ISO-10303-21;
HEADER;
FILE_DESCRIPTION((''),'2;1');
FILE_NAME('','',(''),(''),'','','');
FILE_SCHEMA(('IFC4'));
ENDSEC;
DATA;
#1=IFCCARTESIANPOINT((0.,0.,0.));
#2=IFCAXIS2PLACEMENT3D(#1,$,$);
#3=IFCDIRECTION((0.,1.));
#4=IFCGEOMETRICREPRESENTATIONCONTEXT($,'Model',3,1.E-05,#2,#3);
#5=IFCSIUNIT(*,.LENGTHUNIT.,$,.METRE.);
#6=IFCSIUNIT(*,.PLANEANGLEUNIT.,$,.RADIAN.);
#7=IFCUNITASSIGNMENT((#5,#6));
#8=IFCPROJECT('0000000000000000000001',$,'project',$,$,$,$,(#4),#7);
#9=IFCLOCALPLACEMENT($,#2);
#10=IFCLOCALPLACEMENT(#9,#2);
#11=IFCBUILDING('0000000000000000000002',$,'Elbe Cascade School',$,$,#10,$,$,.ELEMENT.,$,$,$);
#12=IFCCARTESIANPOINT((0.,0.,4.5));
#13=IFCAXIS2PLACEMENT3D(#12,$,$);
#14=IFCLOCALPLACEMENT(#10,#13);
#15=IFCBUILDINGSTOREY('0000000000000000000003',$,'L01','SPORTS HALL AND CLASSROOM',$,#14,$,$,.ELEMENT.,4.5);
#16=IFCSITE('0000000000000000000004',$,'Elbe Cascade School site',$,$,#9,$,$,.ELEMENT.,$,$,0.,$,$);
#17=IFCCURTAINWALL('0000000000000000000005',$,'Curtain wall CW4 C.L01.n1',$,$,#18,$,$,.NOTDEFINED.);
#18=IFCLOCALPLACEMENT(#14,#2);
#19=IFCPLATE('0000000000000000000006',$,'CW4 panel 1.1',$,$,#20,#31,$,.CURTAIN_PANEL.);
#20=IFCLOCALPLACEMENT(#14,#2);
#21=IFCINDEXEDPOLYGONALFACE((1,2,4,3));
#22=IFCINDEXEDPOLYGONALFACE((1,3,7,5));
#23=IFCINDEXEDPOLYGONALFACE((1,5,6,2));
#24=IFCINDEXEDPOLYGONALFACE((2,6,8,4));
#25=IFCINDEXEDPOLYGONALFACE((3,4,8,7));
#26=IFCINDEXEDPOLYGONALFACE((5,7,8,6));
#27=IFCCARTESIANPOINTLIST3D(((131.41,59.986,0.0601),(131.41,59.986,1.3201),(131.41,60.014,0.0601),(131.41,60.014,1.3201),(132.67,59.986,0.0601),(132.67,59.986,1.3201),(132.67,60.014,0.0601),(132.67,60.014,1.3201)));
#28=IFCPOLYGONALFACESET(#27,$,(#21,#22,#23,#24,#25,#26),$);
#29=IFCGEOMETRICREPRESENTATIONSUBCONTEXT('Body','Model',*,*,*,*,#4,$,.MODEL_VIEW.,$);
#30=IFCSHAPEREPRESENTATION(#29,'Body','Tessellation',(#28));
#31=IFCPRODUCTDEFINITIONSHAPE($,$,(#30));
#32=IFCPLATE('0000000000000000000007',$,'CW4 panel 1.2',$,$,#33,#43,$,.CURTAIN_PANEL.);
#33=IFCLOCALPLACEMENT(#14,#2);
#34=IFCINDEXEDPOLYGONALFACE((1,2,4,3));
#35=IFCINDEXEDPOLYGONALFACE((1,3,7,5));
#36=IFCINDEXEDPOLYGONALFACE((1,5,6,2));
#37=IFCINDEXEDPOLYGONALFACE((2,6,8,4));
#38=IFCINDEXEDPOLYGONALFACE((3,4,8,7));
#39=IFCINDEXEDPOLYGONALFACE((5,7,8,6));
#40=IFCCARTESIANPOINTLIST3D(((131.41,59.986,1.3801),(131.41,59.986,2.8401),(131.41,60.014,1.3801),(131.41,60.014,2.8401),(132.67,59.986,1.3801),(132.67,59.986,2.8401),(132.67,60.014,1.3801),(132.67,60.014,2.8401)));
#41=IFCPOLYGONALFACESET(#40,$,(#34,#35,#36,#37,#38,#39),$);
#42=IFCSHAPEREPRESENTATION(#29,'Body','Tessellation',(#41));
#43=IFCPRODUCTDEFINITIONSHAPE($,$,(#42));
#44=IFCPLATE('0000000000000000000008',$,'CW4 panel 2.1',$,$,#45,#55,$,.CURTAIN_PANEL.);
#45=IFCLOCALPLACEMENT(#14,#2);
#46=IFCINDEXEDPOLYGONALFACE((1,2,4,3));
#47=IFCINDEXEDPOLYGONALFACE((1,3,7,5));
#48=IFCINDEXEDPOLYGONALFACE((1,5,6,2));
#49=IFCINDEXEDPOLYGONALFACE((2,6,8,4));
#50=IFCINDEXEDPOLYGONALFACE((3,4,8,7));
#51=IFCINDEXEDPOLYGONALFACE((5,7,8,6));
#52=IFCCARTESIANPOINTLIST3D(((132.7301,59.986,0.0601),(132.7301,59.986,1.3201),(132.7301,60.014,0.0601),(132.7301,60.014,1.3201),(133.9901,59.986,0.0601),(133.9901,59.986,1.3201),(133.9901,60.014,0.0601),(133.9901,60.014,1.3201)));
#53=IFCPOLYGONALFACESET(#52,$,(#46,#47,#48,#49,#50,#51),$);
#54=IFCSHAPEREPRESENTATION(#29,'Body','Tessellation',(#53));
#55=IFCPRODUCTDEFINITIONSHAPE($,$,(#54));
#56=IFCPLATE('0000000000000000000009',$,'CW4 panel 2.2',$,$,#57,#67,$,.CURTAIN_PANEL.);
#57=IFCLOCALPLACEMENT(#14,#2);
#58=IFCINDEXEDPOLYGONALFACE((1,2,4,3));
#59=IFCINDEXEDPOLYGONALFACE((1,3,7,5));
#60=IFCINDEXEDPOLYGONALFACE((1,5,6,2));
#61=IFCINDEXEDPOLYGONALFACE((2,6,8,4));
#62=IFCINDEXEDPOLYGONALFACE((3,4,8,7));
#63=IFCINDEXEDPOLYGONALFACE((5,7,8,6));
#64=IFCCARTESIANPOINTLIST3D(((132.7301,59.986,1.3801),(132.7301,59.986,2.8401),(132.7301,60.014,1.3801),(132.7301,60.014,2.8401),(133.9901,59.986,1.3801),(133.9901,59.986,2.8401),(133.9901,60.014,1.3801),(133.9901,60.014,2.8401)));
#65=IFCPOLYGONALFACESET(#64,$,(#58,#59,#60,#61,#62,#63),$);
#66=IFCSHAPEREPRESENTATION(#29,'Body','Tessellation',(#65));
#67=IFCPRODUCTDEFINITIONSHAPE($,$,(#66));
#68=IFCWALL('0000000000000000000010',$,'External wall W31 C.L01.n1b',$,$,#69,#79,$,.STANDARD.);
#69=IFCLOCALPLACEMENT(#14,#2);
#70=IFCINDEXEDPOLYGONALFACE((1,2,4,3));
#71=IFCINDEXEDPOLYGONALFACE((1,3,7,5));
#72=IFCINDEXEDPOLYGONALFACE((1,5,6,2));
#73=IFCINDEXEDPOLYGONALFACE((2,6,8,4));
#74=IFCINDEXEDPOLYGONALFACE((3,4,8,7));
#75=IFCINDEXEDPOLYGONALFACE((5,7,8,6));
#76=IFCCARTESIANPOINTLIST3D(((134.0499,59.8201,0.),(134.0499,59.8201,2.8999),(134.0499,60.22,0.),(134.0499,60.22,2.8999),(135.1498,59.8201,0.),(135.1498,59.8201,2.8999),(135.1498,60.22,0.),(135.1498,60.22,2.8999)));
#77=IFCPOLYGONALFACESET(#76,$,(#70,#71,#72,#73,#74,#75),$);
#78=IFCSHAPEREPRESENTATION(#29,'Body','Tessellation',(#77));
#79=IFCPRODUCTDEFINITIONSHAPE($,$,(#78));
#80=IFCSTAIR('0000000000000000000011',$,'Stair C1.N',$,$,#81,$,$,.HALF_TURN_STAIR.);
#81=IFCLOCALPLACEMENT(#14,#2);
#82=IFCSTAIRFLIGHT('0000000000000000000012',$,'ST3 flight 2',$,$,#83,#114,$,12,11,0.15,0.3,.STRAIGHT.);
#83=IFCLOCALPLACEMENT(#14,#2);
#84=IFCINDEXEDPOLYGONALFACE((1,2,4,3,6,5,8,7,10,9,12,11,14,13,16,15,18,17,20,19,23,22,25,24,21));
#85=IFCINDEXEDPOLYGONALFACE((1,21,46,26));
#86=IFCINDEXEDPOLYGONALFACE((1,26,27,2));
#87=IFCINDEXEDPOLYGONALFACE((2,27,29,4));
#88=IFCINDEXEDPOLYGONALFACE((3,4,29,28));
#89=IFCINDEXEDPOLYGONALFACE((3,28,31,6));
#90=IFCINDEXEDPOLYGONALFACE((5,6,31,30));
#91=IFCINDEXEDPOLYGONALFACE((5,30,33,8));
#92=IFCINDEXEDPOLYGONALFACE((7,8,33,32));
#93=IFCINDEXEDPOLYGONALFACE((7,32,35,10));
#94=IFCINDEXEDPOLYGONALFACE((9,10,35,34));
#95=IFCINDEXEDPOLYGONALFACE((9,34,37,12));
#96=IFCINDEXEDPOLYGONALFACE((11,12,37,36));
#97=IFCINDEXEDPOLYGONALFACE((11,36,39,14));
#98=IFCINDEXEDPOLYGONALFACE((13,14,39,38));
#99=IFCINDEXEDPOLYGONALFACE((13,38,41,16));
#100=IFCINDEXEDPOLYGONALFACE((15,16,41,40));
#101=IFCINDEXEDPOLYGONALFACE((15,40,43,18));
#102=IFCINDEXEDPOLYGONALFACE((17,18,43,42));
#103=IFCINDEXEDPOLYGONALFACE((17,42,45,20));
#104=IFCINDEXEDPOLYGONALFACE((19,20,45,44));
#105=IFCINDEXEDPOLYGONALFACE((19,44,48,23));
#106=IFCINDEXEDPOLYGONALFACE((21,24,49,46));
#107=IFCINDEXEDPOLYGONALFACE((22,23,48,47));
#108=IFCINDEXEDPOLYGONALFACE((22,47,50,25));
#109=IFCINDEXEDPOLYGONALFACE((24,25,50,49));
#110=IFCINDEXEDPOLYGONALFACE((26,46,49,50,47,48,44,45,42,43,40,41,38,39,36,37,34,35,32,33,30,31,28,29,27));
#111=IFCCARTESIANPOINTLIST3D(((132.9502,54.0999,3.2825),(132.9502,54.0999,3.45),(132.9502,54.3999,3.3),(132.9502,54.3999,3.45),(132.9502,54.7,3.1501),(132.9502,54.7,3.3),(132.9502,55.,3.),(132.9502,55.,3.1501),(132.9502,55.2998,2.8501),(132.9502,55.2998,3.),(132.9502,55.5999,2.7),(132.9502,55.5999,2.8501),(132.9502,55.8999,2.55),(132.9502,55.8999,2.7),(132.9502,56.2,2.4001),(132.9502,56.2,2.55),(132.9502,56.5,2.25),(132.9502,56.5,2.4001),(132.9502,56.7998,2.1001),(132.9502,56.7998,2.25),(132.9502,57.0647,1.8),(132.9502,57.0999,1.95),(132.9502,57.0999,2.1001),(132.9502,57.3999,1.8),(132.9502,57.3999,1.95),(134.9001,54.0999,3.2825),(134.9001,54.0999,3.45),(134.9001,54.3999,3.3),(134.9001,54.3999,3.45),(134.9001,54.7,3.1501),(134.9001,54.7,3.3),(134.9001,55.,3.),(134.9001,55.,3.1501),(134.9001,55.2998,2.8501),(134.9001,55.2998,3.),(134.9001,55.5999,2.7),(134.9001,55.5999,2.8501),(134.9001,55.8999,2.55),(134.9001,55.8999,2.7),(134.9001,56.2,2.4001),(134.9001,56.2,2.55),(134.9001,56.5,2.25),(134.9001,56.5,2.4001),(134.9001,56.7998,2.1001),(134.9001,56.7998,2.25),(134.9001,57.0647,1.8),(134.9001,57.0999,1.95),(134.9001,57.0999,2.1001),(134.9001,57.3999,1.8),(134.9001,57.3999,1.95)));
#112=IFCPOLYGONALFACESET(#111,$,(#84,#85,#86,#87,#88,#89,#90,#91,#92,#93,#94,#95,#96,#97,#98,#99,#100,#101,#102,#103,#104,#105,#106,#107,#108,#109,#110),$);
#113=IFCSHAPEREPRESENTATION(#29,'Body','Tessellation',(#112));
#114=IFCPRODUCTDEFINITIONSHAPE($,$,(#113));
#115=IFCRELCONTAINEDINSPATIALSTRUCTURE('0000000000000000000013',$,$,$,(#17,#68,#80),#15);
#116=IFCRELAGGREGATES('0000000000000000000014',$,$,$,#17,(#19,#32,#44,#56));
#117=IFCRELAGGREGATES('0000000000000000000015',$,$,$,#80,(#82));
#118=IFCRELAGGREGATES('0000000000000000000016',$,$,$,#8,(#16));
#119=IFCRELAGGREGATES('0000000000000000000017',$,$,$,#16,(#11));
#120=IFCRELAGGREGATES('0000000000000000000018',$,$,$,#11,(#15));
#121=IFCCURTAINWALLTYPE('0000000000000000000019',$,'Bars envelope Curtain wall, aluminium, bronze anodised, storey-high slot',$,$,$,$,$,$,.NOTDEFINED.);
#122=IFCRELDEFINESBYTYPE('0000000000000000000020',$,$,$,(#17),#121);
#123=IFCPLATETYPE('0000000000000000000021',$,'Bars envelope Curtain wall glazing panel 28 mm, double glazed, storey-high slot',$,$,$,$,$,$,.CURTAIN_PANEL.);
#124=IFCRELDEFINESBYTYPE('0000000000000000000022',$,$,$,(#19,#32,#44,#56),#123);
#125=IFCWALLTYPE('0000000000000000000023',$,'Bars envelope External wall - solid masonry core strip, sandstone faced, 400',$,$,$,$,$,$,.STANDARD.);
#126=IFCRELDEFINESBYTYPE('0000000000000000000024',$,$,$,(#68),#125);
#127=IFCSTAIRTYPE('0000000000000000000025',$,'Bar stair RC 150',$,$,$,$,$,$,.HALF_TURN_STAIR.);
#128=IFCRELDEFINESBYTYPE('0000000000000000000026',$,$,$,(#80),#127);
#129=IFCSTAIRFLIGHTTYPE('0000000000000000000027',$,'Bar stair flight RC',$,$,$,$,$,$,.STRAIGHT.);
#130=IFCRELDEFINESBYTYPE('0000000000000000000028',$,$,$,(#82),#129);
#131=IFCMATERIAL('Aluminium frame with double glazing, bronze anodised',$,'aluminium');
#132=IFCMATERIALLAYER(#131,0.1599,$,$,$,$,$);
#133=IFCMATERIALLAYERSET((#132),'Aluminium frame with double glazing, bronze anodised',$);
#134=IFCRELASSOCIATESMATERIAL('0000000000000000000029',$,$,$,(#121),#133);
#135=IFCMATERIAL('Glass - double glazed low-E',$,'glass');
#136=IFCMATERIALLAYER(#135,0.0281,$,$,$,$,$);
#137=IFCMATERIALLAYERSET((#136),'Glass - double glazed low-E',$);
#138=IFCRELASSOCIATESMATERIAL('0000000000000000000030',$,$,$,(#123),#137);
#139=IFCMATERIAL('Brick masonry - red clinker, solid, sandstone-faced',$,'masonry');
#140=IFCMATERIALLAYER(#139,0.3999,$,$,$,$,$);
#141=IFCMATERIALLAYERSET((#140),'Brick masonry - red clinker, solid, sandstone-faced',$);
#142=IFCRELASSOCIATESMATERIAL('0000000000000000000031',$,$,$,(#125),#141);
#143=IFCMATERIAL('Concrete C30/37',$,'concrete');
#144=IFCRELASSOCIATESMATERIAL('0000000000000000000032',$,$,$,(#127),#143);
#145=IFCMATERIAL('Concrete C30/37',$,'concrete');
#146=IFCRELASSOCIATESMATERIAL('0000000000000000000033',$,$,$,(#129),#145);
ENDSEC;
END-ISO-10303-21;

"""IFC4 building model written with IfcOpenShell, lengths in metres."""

from ifc_helpers import new_model, si_unit, direction, frame, frame_2d, origin, origin_2d, place, context, subcontext, project, spatial, polyline, rectangle, outline, extrude, material, layer, layer_set, type_object, element, aggregate, save


model = new_model("IFC4")

# Units and contexts
model_context = context("Model", 3, precision=1e-05, world=origin(), true_north=direction((0.0, 1.0)))
body_context = subcontext(model_context, "Body", "Model", "MODEL_VIEW")
ifc_project = project(units=[si_unit("LENGTHUNIT", "METRE"), si_unit("PLANEANGLEUNIT", "RADIAN")], contexts=[model_context])

# Site, building, storey
site_placement = place(None, origin())
site = spatial("IfcSite", under=ifc_project, at=site_placement, Name="Elbe Cascade School site", CompositionType="ELEMENT", RefElevation=0.0)
building_placement = place(site_placement, origin())
building = spatial("IfcBuilding", under=site, at=building_placement, Name="Elbe Cascade School", CompositionType="ELEMENT")
storey_placement = place(building_placement, frame((0.0, 0.0, 4.5)))
storey = spatial("IfcBuildingStorey", under=building, at=storey_placement, Name="L01", Description="SPORTS HALL AND CLASSROOM", CompositionType="ELEMENT", Elevation=4.5)

# Curtain wall
ifc_material_1 = material(Name="Aluminium frame with double glazing, bronze anodised", Category="aluminium")
ifc_layer_1 = layer(ifc_material_1, 0.1599)
ifc_layer_set_1 = layer_set([ifc_layer_1], Name="Aluminium frame with double glazing, bronze anodised")
curtain_wall_type = type_object("IfcCurtainWallType", Name="Bars envelope Curtain wall, aluminium, bronze anodised, storey-high slot", PredefinedType="NOTDEFINED", material=ifc_layer_set_1)
curtain_wall_1_placement = place(storey_placement, origin())
curtain_wall_1 = element("IfcCurtainWall", 1, at=curtain_wall_1_placement, inside=storey, type_object=curtain_wall_type, Name="Curtain wall CW4 C.L01.n1", PredefinedType="NOTDEFINED")

# Plates
ifc_material_2 = material(Name="Glass - double glazed low-E", Category="glass")
ifc_layer_2 = layer(ifc_material_2, 0.0281)
ifc_layer_set_2 = layer_set([ifc_layer_2], Name="Glass - double glazed low-E")
plate_type = type_object("IfcPlateType", Name="Bars envelope Curtain wall glazing panel 28 mm, double glazed, storey-high slot", PredefinedType="CURTAIN_PANEL", material=ifc_layer_set_2)
plate_1_placement = place(storey_placement, frame((132.04, 60.0, 0.0601), z_axis=(0.0, 0.0, 1.0), x_axis=(1.0, 0.0, 0.0)))
plate_1 = element("IfcPlate", 2, at=plate_1_placement, type_object=plate_type, Name="CW4 panel 1.1", PredefinedType="CURTAIN_PANEL", context=body_context, shape_type="SweptSolid", body=[
    extrude(rectangle(XDim=1.26, YDim=0.0281, at=origin_2d()), origin(), (0.0, 0.0, 1.0), 1.26),
])
plate_2_placement = place(storey_placement, frame((132.04, 60.0, 1.3801), z_axis=(0.0, 0.0, 1.0), x_axis=(1.0, 0.0, 0.0)))
plate_2 = element("IfcPlate", 3, at=plate_2_placement, type_object=plate_type, Name="CW4 panel 1.2", PredefinedType="CURTAIN_PANEL", context=body_context, shape_type="SweptSolid", body=[
    extrude(rectangle(XDim=1.26, YDim=0.0281, at=origin_2d()), origin(), (0.0, 0.0, 1.0), 1.46),
])
plate_3_placement = place(storey_placement, frame((133.3601, 60.0, 0.0601), z_axis=(0.0, 0.0, 1.0), x_axis=(1.0, 0.0, 0.0)))
plate_3 = element("IfcPlate", 4, at=plate_3_placement, type_object=plate_type, Name="CW4 panel 2.1", PredefinedType="CURTAIN_PANEL", context=body_context, shape_type="SweptSolid", body=[
    extrude(rectangle(XDim=1.26, YDim=0.0281, at=origin_2d()), origin(), (0.0, 0.0, 1.0), 1.26),
])
plate_4_placement = place(storey_placement, frame((133.3601, 60.0, 1.3801), z_axis=(0.0, 0.0, 1.0), x_axis=(1.0, 0.0, 0.0)))
plate_4 = element("IfcPlate", 5, at=plate_4_placement, type_object=plate_type, Name="CW4 panel 2.2", PredefinedType="CURTAIN_PANEL", context=body_context, shape_type="SweptSolid", body=[
    extrude(rectangle(XDim=1.26, YDim=0.0281, at=origin_2d()), origin(), (0.0, 0.0, 1.0), 1.46),
])
aggregate(curtain_wall_1, [plate_1, plate_2, plate_3, plate_4])

# Wall
ifc_material_3 = material(Name="Brick masonry - red clinker, solid, sandstone-faced", Category="masonry")
ifc_layer_3 = layer(ifc_material_3, 0.3999)
ifc_layer_set_3 = layer_set([ifc_layer_3], Name="Brick masonry - red clinker, solid, sandstone-faced")
wall_type = type_object("IfcWallType", Name="Bars envelope External wall - solid masonry core strip, sandstone faced, 400", PredefinedType="STANDARD", material=ifc_layer_set_3)
wall_placement = place(storey_placement, frame((134.05, 60.02, 0.0), z_axis=(0.0, 0.0, 1.0), x_axis=(1.0, 0.0, 0.0)))
element("IfcWall", 6, at=wall_placement, inside=storey, type_object=wall_type, Name="External wall W31 C.L01.n1b", PredefinedType="STANDARD", context=body_context, shape_type="SweptSolid", body=[
    extrude(rectangle(XDim=1.0999, YDim=0.3999, at=frame_2d((0.5498, 0.0))), origin(), (0.0, 0.0, 1.0), 2.8999),
])

# Stair, stair flight
ifc_material_4 = material(Name="Concrete C30/37", Category="concrete")
stair_type = type_object("IfcStairType", Name="Bar stair RC 150", PredefinedType="HALF_TURN_STAIR", material=ifc_material_4)
stair_placement = place(storey_placement, origin())
stair = element("IfcStair", 7, at=stair_placement, inside=storey, type_object=stair_type, Name="Stair C1.N", PredefinedType="HALF_TURN_STAIR")
ifc_material_5 = material(Name="Concrete C30/37", Category="concrete")
stair_flight_type = type_object("IfcStairFlightType", Name="Bar stair flight RC", PredefinedType="STRAIGHT", material=ifc_material_5)
stair_flight_placement = place(storey_placement, frame((133.925, 57.3999, 1.8), z_axis=(0.0, 0.0, 1.0), x_axis=(0.0, -1.0, 0.0)))
stair_flight = element("IfcStairFlight", 8, at=stair_flight_placement, type_object=stair_flight_type, Name="ST3 flight 2", NumberOfRisers=12, NumberOfTreads=11, PredefinedType="STRAIGHT", RiserHeight=0.15, TreadLength=0.3, context=body_context, shape_type="SweptSolid", body=[
    extrude(outline(polyline([(0.0, 0.0), (0.0, 0.1499), (0.3, 0.1499), (0.3, 0.3), (0.6001, 0.3), (0.6001, 0.45), (0.8999, 0.45), (0.8999, 0.6001), (1.2, 0.6001), (1.2, 0.75), (1.5, 0.75), (1.5, 0.8999), (1.8, 0.8999), (1.8, 1.05), (2.1001, 1.05), (2.1001, 1.2), (2.3999, 1.2), (2.3999, 1.3501), (2.7, 1.3501), (2.7, 1.5), (3.0, 1.5), (3.0, 1.6499), (3.3, 1.6499), (3.3, 1.8), (3.3, 1.4824), (0.3352, 0.0), (0.0, 0.0)])), frame((0.0, 0.9751, 0.0), z_axis=(0.0, -1.0, 0.0), x_axis=(1.0, 0.0, 0.0)), (0.0, 0.0, 1.0), 1.95),
])
aggregate(stair, [stair_flight])

save(model, "model.ifc")
